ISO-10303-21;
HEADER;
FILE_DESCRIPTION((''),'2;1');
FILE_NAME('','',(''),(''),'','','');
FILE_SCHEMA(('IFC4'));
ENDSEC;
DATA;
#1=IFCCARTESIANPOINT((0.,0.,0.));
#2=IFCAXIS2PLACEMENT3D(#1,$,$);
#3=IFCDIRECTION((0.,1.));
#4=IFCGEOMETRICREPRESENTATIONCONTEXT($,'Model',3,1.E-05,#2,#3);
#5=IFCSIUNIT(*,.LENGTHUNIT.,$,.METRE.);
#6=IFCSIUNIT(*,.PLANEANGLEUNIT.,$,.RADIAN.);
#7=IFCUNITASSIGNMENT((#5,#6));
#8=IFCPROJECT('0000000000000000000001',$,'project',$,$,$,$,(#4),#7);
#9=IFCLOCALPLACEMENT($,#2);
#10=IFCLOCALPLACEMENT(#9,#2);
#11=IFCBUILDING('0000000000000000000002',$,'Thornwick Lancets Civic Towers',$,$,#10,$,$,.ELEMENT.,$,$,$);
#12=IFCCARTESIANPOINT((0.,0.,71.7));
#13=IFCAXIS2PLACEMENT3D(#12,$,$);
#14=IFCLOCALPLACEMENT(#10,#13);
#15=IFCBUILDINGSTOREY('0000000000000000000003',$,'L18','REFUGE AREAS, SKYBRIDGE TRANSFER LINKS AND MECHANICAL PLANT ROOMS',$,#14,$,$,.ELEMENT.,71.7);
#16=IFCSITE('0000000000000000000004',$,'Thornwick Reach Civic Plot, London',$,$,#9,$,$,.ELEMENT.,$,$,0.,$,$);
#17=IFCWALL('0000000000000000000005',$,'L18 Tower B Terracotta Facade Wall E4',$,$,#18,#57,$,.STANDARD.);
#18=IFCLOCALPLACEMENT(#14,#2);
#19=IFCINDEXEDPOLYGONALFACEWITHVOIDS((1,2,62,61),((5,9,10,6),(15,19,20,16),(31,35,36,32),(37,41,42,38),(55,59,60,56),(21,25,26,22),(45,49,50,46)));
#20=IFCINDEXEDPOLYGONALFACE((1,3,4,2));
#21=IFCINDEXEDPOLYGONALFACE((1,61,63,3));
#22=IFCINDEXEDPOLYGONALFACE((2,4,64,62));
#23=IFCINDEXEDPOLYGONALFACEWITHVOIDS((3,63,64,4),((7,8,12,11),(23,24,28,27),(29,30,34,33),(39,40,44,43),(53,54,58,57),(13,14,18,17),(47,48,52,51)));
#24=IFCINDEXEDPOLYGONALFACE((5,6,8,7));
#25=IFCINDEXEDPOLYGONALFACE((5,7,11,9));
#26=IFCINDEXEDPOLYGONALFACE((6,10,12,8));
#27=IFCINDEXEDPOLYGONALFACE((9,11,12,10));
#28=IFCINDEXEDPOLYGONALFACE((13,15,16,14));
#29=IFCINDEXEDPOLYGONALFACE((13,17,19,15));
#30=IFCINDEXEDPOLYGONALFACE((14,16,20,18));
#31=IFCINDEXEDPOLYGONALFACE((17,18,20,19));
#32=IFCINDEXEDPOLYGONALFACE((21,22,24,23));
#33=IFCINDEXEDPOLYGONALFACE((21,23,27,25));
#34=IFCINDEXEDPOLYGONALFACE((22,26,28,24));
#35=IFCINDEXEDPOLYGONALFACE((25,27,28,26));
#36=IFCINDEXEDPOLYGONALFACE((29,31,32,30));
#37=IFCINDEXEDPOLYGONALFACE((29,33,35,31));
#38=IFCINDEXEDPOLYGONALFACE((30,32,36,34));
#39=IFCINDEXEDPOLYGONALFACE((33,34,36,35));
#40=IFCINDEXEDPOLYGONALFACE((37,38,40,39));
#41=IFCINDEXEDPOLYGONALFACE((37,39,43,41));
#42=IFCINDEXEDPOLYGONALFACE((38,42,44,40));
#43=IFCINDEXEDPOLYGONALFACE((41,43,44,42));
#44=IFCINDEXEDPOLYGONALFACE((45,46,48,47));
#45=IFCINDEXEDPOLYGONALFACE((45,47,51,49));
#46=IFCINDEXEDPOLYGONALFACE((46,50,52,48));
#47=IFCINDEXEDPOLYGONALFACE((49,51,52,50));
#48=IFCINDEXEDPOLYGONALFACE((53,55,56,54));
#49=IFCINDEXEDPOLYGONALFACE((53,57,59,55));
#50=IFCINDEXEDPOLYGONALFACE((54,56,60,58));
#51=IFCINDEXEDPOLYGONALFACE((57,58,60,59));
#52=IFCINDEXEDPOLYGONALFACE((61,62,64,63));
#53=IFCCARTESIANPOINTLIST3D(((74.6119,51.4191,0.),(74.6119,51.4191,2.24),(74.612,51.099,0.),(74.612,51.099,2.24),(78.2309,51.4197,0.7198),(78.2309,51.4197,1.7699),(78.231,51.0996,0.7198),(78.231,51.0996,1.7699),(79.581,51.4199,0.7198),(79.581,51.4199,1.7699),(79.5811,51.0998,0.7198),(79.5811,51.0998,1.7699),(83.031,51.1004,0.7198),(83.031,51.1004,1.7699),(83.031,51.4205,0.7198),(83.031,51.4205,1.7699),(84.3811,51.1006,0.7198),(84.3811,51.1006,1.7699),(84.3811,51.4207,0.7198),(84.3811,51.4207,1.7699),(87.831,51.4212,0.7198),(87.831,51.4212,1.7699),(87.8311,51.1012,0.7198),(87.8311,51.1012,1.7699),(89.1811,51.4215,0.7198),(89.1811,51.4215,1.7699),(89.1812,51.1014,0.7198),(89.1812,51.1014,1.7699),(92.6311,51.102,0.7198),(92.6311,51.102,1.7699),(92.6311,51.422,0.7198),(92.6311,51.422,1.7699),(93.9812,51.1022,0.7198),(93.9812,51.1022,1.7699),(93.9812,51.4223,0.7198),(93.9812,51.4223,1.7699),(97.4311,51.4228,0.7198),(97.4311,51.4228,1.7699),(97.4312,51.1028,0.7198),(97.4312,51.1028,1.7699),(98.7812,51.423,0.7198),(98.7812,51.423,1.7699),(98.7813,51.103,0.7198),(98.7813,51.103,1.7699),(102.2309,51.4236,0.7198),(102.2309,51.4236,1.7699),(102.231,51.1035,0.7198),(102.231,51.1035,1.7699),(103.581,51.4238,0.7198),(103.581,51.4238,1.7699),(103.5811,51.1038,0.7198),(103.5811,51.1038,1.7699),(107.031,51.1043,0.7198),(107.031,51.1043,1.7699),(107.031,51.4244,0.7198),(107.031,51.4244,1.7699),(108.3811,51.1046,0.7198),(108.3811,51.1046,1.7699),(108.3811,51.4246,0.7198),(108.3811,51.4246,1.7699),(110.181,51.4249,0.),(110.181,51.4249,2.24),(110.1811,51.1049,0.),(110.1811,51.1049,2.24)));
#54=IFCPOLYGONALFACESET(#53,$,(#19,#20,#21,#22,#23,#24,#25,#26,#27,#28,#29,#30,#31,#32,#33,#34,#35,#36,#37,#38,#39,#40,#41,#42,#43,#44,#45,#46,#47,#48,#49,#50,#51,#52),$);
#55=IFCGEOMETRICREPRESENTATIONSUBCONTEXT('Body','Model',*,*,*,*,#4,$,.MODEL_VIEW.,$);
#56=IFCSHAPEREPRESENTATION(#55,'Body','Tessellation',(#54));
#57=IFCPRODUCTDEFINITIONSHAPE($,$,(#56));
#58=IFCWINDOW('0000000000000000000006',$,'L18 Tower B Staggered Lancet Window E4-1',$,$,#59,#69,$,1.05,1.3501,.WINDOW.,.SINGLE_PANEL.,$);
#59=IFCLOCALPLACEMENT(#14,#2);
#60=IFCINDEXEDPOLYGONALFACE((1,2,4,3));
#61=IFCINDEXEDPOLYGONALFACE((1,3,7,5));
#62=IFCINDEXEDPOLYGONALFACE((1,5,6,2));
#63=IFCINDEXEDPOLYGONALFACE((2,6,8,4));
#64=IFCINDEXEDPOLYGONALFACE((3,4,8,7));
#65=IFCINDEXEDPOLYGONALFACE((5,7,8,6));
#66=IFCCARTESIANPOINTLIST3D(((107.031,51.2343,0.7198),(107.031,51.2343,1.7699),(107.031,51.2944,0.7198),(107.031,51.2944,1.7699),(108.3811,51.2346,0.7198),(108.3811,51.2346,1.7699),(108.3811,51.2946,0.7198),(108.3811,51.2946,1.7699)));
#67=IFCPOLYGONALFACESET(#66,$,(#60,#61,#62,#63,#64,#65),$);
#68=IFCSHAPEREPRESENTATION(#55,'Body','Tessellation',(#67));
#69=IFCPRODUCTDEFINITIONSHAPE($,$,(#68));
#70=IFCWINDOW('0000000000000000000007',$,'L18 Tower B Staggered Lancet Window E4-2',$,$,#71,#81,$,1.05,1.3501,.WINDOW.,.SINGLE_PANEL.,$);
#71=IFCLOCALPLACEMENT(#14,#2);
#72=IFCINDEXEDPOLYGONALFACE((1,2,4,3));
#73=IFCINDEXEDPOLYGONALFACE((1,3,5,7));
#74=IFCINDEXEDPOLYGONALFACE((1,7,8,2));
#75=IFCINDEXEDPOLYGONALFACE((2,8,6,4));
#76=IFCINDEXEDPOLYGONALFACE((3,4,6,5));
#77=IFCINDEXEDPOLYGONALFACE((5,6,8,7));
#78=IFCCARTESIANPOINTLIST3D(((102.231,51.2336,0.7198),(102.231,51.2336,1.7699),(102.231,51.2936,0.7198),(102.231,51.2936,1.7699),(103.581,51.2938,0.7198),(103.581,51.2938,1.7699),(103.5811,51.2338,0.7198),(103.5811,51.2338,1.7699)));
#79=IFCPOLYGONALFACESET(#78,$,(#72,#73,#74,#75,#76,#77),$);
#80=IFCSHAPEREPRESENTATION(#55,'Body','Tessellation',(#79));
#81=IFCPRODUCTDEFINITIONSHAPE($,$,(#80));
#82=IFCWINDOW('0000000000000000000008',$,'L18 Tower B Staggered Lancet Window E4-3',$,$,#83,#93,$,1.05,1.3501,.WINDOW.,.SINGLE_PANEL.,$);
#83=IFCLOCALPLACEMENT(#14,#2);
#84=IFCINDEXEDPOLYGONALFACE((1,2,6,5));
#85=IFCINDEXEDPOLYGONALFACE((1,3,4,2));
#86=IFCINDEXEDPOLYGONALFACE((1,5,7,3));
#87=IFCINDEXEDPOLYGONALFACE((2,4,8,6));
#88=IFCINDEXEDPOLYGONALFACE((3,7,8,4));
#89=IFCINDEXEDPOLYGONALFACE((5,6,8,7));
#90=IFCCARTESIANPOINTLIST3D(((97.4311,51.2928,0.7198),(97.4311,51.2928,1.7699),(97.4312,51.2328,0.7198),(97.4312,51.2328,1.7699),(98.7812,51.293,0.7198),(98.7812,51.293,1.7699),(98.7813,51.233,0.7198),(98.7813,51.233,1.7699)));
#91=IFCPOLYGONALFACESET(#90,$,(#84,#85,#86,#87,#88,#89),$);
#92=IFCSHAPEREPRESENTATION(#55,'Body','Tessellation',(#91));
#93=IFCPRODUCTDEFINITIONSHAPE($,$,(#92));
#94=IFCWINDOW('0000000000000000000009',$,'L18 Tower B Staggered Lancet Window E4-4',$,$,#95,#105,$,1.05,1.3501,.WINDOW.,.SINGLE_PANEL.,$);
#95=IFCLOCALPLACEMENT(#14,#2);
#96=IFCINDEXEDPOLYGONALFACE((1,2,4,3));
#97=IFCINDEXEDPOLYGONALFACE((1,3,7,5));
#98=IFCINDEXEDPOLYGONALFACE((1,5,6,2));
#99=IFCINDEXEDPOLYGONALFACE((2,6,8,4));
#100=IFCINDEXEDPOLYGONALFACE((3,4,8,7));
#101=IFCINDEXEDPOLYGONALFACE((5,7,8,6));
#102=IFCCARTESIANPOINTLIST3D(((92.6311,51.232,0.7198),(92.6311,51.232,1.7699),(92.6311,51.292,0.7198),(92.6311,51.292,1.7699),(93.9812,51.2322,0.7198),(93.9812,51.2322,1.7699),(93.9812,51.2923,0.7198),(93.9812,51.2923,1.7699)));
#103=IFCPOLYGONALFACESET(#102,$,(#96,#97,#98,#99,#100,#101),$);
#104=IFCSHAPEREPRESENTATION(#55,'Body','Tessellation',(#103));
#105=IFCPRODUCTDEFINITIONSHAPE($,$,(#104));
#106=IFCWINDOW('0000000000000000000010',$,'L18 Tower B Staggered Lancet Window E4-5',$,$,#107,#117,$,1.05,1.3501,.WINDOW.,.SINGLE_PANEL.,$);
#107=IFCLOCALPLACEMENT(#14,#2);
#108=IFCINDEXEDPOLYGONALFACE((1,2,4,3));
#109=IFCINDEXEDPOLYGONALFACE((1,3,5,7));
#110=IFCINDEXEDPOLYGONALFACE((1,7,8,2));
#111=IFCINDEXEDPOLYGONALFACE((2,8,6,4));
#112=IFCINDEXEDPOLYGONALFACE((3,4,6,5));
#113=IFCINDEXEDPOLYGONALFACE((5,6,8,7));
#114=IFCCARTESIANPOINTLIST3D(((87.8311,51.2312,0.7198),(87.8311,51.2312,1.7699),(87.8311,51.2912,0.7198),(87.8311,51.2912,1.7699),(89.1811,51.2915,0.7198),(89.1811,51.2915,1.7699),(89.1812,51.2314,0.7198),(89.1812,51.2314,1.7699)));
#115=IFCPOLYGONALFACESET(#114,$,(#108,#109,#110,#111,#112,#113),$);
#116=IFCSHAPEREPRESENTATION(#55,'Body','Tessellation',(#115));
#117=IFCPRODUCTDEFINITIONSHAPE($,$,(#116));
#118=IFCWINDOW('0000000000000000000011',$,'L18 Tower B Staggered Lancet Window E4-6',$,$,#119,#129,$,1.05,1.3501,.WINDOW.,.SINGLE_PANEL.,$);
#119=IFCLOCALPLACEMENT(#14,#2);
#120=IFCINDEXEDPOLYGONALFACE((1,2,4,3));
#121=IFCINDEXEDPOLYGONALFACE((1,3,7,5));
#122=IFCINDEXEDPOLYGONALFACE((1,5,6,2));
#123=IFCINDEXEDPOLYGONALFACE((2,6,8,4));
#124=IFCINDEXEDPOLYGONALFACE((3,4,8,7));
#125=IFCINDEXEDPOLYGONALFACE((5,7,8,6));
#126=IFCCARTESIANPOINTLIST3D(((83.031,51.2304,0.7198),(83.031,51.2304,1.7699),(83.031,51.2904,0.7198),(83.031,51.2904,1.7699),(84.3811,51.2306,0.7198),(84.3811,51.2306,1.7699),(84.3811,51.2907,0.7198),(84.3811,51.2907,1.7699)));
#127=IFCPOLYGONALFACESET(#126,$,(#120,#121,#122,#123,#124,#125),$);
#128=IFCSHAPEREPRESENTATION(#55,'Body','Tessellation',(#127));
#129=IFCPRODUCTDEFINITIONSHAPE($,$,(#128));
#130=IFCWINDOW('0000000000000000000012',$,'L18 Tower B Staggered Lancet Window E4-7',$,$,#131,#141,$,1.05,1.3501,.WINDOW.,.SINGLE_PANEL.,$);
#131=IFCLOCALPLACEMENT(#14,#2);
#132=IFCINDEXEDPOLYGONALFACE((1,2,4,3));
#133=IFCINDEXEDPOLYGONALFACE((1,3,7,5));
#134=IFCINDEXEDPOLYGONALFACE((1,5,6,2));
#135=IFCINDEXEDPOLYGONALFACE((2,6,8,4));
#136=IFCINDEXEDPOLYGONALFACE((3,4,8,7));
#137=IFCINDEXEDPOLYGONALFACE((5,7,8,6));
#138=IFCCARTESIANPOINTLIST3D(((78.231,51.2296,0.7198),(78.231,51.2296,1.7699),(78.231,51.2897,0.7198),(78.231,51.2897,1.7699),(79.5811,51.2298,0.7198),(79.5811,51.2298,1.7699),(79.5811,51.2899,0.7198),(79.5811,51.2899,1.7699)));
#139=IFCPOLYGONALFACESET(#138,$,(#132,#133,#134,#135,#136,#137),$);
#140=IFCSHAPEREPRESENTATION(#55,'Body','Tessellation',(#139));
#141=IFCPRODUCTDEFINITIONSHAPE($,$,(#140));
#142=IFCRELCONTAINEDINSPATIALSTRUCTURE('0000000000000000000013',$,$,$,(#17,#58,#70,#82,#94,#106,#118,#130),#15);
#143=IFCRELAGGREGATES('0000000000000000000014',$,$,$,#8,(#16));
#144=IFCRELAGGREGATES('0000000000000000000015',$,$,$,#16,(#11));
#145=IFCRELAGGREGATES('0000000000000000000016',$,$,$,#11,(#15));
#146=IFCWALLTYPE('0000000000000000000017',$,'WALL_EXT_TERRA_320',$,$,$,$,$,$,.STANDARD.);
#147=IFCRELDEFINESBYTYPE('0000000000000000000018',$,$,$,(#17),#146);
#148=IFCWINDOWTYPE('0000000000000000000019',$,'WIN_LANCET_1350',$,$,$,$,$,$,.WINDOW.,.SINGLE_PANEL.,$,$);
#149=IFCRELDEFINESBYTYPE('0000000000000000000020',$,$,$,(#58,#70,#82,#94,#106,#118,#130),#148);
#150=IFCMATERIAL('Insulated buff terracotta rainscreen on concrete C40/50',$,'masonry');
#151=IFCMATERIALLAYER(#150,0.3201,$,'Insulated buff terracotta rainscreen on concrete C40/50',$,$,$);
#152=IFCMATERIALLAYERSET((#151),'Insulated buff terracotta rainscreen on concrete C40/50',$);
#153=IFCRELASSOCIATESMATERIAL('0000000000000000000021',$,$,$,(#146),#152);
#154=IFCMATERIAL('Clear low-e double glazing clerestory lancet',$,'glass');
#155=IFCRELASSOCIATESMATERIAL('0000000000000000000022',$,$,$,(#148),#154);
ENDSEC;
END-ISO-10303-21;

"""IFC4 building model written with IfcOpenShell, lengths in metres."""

from ifc_helpers import new_model, si_unit, direction, frame, frame_2d, origin, place, context, subcontext, project, spatial, rectangle, extrude, material, layer, layer_set, type_object, element, fill, save


model = new_model("IFC4")

# Units and contexts
model_context = context("Model", 3, precision=1e-05, world=origin(), true_north=direction((0.0, 1.0)))
body_context = subcontext(model_context, "Body", "Model", "MODEL_VIEW")
ifc_project = project(units=[si_unit("LENGTHUNIT", "METRE"), si_unit("PLANEANGLEUNIT", "RADIAN")], contexts=[model_context])

# Site, building, storey
site_placement = place(None, origin())
site = spatial("IfcSite", under=ifc_project, at=site_placement, Name="Thornwick Reach Civic Plot, London", CompositionType="ELEMENT", RefElevation=0.0)
building_placement = place(site_placement, origin())
building = spatial("IfcBuilding", under=site, at=building_placement, Name="Thornwick Lancets Civic Towers", CompositionType="ELEMENT")
storey_placement = place(building_placement, frame((0.0, 0.0, 71.7)))
storey = spatial("IfcBuildingStorey", under=building, at=storey_placement, Name="L18", Description="REFUGE AREAS, SKYBRIDGE TRANSFER LINKS AND MECHANICAL PLANT ROOMS", CompositionType="ELEMENT", Elevation=71.7)

# Wall, openings, windows
ifc_material_1 = material(Name="Insulated buff terracotta rainscreen on concrete C40/50", Category="masonry")
ifc_layer_1 = layer(ifc_material_1, 0.3201, Name="Insulated buff terracotta rainscreen on concrete C40/50")
ifc_layer_set_1 = layer_set([ifc_layer_1], Name="Insulated buff terracotta rainscreen on concrete C40/50")
wall_type_1 = type_object("IfcWallType", Name="WALL_EXT_TERRA_320", PredefinedType="STANDARD", material=ifc_layer_set_1)
wall_1_placement = place(storey_placement, frame((110.1812, 51.2649, 0.0), z_axis=(0.0, 0.0, 1.0), x_axis=(-1.0, -0.000165, 0.0)))
wall_1 = element("IfcWall", 1, at=wall_1_placement, inside=storey, type_object=wall_type_1, Name="L18 Tower B Terracotta Facade Wall E4", PredefinedType="STANDARD", context=body_context, shape_type="SweptSolid", body=[
    extrude(rectangle(XDim=35.5691, YDim=0.3201, at=frame_2d((17.7847, 0.0))), origin(), (0.0, 0.0, 1.0), 2.24),
])
opening_1_placement = place(wall_1_placement, frame((1.8, 0.0, 0.72)))
opening_1 = element("IfcOpeningElement", 2, at=opening_1_placement, cuts=wall_1, PredefinedType="OPENING", context=body_context, shape_type="SweptSolid", body=[
    extrude(rectangle(XDim=1.3501, YDim=1.05, at=frame_2d((0.675, 0.5249))), frame((0.0, 0.1699, 0.0), z_axis=(0.0, -1.0, 0.0), x_axis=(1.0, 0.0, 0.0)), (0.0, 0.0, 1.0), 0.3401),
])
opening_2_placement = place(wall_1_placement, frame((6.6001, 0.0, 0.72)))
opening_2 = element("IfcOpeningElement", 3, at=opening_2_placement, cuts=wall_1, PredefinedType="OPENING", context=body_context, shape_type="SweptSolid", body=[
    extrude(rectangle(XDim=1.3501, YDim=1.05, at=frame_2d((0.675, 0.5249))), frame((0.0, 0.1699, 0.0), z_axis=(0.0, -1.0, 0.0), x_axis=(1.0, 0.0, 0.0)), (0.0, 0.0, 1.0), 0.3401),
])
opening_3_placement = place(wall_1_placement, frame((11.3999, 0.0, 0.72)))
opening_3 = element("IfcOpeningElement", 4, at=opening_3_placement, cuts=wall_1, PredefinedType="OPENING", context=body_context, shape_type="SweptSolid", body=[
    extrude(rectangle(XDim=1.3501, YDim=1.05, at=frame_2d((0.675, 0.5249))), frame((0.0, 0.1699, 0.0), z_axis=(0.0, -1.0, 0.0), x_axis=(1.0, 0.0, 0.0)), (0.0, 0.0, 1.0), 0.3401),
])
opening_4_placement = place(wall_1_placement, frame((16.2, 0.0, 0.72)))
opening_4 = element("IfcOpeningElement", 5, at=opening_4_placement, cuts=wall_1, PredefinedType="OPENING", context=body_context, shape_type="SweptSolid", body=[
    extrude(rectangle(XDim=1.3501, YDim=1.05, at=frame_2d((0.675, 0.5249))), frame((0.0, 0.1699, 0.0), z_axis=(0.0, -1.0, 0.0), x_axis=(1.0, 0.0, 0.0)), (0.0, 0.0, 1.0), 0.3401),
])
opening_5_placement = place(wall_1_placement, frame((21.0, 0.0, 0.72)))
opening_5 = element("IfcOpeningElement", 6, at=opening_5_placement, cuts=wall_1, PredefinedType="OPENING", context=body_context, shape_type="SweptSolid", body=[
    extrude(rectangle(XDim=1.3501, YDim=1.05, at=frame_2d((0.675, 0.5249))), frame((0.0, 0.1699, 0.0), z_axis=(0.0, -1.0, 0.0), x_axis=(1.0, 0.0, 0.0)), (0.0, 0.0, 1.0), 0.3401),
])
opening_6_placement = place(wall_1_placement, frame((25.8, 0.0, 0.72)))
opening_6 = element("IfcOpeningElement", 7, at=opening_6_placement, cuts=wall_1, PredefinedType="OPENING", context=body_context, shape_type="SweptSolid", body=[
    extrude(rectangle(XDim=1.3501, YDim=1.05, at=frame_2d((0.675, 0.5249))), frame((0.0, 0.1699, 0.0), z_axis=(0.0, -1.0, 0.0), x_axis=(1.0, 0.0, 0.0)), (0.0, 0.0, 1.0), 0.3401),
])
opening_7_placement = place(wall_1_placement, frame((30.6001, 0.0, 0.72)))
opening_7 = element("IfcOpeningElement", 8, at=opening_7_placement, cuts=wall_1, PredefinedType="OPENING", context=body_context, shape_type="SweptSolid", body=[
    extrude(rectangle(XDim=1.3501, YDim=1.05, at=frame_2d((0.675, 0.5249))), frame((0.0, 0.1699, 0.0), z_axis=(0.0, -1.0, 0.0), x_axis=(1.0, 0.0, 0.0)), (0.0, 0.0, 1.0), 0.3401),
])
ifc_material_2 = material(Name="Clear low-e double glazing clerestory lancet", Category="glass")
window_type = type_object("IfcWindowType", Name="WIN_LANCET_1350", PartitioningType="SINGLE_PANEL", PredefinedType="WINDOW", material=ifc_material_2)
window_1_placement = place(opening_1_placement, origin())
window_1 = element("IfcWindow", 9, at=window_1_placement, inside=storey, type_object=window_type, Name="L18 Tower B Staggered Lancet Window E4-1", OverallHeight=1.05, OverallWidth=1.3501, PartitioningType="SINGLE_PANEL", PredefinedType="WINDOW", context=body_context, shape_type="SweptSolid", body=[
    extrude(rectangle(XDim=1.3501, YDim=1.05, at=frame_2d((0.675, 0.5249))), frame((0.0, 0.03, 0.0), z_axis=(0.0, -1.0, 0.0), x_axis=(1.0, 0.0, 0.0)), (0.0, 0.0, 1.0), 0.0601),
])
fill(opening_1, window_1)
window_2_placement = place(opening_2_placement, origin())
window_2 = element("IfcWindow", 10, at=window_2_placement, inside=storey, type_object=window_type, Name="L18 Tower B Staggered Lancet Window E4-2", OverallHeight=1.05, OverallWidth=1.3501, PartitioningType="SINGLE_PANEL", PredefinedType="WINDOW", context=body_context, shape_type="SweptSolid", body=[
    extrude(rectangle(XDim=1.3501, YDim=1.05, at=frame_2d((0.675, 0.5249))), frame((0.0, 0.03, 0.0), z_axis=(0.0, -1.0, 0.0), x_axis=(1.0, 0.0, 0.0)), (0.0, 0.0, 1.0), 0.0601),
])
fill(opening_2, window_2)
window_3_placement = place(opening_3_placement, origin())
window_3 = element("IfcWindow", 11, at=window_3_placement, inside=storey, type_object=window_type, Name="L18 Tower B Staggered Lancet Window E4-3", OverallHeight=1.05, OverallWidth=1.3501, PartitioningType="SINGLE_PANEL", PredefinedType="WINDOW", context=body_context, shape_type="SweptSolid", body=[
    extrude(rectangle(XDim=1.3501, YDim=1.05, at=frame_2d((0.675, 0.5249))), frame((0.0, 0.03, 0.0), z_axis=(0.0, -1.0, 0.0), x_axis=(1.0, 0.0, 0.0)), (0.0, 0.0, 1.0), 0.0601),
])
fill(opening_3, window_3)
window_4_placement = place(opening_4_placement, origin())
window_4 = element("IfcWindow", 12, at=window_4_placement, inside=storey, type_object=window_type, Name="L18 Tower B Staggered Lancet Window E4-4", OverallHeight=1.05, OverallWidth=1.3501, PartitioningType="SINGLE_PANEL", PredefinedType="WINDOW", context=body_context, shape_type="SweptSolid", body=[
    extrude(rectangle(XDim=1.3501, YDim=1.05, at=frame_2d((0.675, 0.5249))), frame((0.0, 0.03, 0.0), z_axis=(0.0, -1.0, 0.0), x_axis=(1.0, 0.0, 0.0)), (0.0, 0.0, 1.0), 0.0601),
])
fill(opening_4, window_4)
window_5_placement = place(opening_5_placement, origin())
window_5 = element("IfcWindow", 13, at=window_5_placement, inside=storey, type_object=window_type, Name="L18 Tower B Staggered Lancet Window E4-5", OverallHeight=1.05, OverallWidth=1.3501, PartitioningType="SINGLE_PANEL", PredefinedType="WINDOW", context=body_context, shape_type="SweptSolid", body=[
    extrude(rectangle(XDim=1.3501, YDim=1.05, at=frame_2d((0.675, 0.5249))), frame((0.0, 0.03, 0.0), z_axis=(0.0, -1.0, 0.0), x_axis=(1.0, 0.0, 0.0)), (0.0, 0.0, 1.0), 0.0601),
])
fill(opening_5, window_5)
window_6_placement = place(opening_6_placement, origin())
window_6 = element("IfcWindow", 14, at=window_6_placement, inside=storey, type_object=window_type, Name="L18 Tower B Staggered Lancet Window E4-6", OverallHeight=1.05, OverallWidth=1.3501, PartitioningType="SINGLE_PANEL", PredefinedType="WINDOW", context=body_context, shape_type="SweptSolid", body=[
    extrude(rectangle(XDim=1.3501, YDim=1.05, at=frame_2d((0.675, 0.5249))), frame((0.0, 0.03, 0.0), z_axis=(0.0, -1.0, 0.0), x_axis=(1.0, 0.0, 0.0)), (0.0, 0.0, 1.0), 0.0601),
])
fill(opening_6, window_6)
window_7_placement = place(opening_7_placement, origin())
window_7 = element("IfcWindow", 15, at=window_7_placement, inside=storey, type_object=window_type, Name="L18 Tower B Staggered Lancet Window E4-7", OverallHeight=1.05, OverallWidth=1.3501, PartitioningType="SINGLE_PANEL", PredefinedType="WINDOW", context=body_context, shape_type="SweptSolid", body=[
    extrude(rectangle(XDim=1.3501, YDim=1.05, at=frame_2d((0.675, 0.5249))), frame((0.0, 0.03, 0.0), z_axis=(0.0, -1.0, 0.0), x_axis=(1.0, 0.0, 0.0)), (0.0, 0.0, 1.0), 0.0601),
])
fill(opening_7, window_7)

save(model, "model.ifc")
